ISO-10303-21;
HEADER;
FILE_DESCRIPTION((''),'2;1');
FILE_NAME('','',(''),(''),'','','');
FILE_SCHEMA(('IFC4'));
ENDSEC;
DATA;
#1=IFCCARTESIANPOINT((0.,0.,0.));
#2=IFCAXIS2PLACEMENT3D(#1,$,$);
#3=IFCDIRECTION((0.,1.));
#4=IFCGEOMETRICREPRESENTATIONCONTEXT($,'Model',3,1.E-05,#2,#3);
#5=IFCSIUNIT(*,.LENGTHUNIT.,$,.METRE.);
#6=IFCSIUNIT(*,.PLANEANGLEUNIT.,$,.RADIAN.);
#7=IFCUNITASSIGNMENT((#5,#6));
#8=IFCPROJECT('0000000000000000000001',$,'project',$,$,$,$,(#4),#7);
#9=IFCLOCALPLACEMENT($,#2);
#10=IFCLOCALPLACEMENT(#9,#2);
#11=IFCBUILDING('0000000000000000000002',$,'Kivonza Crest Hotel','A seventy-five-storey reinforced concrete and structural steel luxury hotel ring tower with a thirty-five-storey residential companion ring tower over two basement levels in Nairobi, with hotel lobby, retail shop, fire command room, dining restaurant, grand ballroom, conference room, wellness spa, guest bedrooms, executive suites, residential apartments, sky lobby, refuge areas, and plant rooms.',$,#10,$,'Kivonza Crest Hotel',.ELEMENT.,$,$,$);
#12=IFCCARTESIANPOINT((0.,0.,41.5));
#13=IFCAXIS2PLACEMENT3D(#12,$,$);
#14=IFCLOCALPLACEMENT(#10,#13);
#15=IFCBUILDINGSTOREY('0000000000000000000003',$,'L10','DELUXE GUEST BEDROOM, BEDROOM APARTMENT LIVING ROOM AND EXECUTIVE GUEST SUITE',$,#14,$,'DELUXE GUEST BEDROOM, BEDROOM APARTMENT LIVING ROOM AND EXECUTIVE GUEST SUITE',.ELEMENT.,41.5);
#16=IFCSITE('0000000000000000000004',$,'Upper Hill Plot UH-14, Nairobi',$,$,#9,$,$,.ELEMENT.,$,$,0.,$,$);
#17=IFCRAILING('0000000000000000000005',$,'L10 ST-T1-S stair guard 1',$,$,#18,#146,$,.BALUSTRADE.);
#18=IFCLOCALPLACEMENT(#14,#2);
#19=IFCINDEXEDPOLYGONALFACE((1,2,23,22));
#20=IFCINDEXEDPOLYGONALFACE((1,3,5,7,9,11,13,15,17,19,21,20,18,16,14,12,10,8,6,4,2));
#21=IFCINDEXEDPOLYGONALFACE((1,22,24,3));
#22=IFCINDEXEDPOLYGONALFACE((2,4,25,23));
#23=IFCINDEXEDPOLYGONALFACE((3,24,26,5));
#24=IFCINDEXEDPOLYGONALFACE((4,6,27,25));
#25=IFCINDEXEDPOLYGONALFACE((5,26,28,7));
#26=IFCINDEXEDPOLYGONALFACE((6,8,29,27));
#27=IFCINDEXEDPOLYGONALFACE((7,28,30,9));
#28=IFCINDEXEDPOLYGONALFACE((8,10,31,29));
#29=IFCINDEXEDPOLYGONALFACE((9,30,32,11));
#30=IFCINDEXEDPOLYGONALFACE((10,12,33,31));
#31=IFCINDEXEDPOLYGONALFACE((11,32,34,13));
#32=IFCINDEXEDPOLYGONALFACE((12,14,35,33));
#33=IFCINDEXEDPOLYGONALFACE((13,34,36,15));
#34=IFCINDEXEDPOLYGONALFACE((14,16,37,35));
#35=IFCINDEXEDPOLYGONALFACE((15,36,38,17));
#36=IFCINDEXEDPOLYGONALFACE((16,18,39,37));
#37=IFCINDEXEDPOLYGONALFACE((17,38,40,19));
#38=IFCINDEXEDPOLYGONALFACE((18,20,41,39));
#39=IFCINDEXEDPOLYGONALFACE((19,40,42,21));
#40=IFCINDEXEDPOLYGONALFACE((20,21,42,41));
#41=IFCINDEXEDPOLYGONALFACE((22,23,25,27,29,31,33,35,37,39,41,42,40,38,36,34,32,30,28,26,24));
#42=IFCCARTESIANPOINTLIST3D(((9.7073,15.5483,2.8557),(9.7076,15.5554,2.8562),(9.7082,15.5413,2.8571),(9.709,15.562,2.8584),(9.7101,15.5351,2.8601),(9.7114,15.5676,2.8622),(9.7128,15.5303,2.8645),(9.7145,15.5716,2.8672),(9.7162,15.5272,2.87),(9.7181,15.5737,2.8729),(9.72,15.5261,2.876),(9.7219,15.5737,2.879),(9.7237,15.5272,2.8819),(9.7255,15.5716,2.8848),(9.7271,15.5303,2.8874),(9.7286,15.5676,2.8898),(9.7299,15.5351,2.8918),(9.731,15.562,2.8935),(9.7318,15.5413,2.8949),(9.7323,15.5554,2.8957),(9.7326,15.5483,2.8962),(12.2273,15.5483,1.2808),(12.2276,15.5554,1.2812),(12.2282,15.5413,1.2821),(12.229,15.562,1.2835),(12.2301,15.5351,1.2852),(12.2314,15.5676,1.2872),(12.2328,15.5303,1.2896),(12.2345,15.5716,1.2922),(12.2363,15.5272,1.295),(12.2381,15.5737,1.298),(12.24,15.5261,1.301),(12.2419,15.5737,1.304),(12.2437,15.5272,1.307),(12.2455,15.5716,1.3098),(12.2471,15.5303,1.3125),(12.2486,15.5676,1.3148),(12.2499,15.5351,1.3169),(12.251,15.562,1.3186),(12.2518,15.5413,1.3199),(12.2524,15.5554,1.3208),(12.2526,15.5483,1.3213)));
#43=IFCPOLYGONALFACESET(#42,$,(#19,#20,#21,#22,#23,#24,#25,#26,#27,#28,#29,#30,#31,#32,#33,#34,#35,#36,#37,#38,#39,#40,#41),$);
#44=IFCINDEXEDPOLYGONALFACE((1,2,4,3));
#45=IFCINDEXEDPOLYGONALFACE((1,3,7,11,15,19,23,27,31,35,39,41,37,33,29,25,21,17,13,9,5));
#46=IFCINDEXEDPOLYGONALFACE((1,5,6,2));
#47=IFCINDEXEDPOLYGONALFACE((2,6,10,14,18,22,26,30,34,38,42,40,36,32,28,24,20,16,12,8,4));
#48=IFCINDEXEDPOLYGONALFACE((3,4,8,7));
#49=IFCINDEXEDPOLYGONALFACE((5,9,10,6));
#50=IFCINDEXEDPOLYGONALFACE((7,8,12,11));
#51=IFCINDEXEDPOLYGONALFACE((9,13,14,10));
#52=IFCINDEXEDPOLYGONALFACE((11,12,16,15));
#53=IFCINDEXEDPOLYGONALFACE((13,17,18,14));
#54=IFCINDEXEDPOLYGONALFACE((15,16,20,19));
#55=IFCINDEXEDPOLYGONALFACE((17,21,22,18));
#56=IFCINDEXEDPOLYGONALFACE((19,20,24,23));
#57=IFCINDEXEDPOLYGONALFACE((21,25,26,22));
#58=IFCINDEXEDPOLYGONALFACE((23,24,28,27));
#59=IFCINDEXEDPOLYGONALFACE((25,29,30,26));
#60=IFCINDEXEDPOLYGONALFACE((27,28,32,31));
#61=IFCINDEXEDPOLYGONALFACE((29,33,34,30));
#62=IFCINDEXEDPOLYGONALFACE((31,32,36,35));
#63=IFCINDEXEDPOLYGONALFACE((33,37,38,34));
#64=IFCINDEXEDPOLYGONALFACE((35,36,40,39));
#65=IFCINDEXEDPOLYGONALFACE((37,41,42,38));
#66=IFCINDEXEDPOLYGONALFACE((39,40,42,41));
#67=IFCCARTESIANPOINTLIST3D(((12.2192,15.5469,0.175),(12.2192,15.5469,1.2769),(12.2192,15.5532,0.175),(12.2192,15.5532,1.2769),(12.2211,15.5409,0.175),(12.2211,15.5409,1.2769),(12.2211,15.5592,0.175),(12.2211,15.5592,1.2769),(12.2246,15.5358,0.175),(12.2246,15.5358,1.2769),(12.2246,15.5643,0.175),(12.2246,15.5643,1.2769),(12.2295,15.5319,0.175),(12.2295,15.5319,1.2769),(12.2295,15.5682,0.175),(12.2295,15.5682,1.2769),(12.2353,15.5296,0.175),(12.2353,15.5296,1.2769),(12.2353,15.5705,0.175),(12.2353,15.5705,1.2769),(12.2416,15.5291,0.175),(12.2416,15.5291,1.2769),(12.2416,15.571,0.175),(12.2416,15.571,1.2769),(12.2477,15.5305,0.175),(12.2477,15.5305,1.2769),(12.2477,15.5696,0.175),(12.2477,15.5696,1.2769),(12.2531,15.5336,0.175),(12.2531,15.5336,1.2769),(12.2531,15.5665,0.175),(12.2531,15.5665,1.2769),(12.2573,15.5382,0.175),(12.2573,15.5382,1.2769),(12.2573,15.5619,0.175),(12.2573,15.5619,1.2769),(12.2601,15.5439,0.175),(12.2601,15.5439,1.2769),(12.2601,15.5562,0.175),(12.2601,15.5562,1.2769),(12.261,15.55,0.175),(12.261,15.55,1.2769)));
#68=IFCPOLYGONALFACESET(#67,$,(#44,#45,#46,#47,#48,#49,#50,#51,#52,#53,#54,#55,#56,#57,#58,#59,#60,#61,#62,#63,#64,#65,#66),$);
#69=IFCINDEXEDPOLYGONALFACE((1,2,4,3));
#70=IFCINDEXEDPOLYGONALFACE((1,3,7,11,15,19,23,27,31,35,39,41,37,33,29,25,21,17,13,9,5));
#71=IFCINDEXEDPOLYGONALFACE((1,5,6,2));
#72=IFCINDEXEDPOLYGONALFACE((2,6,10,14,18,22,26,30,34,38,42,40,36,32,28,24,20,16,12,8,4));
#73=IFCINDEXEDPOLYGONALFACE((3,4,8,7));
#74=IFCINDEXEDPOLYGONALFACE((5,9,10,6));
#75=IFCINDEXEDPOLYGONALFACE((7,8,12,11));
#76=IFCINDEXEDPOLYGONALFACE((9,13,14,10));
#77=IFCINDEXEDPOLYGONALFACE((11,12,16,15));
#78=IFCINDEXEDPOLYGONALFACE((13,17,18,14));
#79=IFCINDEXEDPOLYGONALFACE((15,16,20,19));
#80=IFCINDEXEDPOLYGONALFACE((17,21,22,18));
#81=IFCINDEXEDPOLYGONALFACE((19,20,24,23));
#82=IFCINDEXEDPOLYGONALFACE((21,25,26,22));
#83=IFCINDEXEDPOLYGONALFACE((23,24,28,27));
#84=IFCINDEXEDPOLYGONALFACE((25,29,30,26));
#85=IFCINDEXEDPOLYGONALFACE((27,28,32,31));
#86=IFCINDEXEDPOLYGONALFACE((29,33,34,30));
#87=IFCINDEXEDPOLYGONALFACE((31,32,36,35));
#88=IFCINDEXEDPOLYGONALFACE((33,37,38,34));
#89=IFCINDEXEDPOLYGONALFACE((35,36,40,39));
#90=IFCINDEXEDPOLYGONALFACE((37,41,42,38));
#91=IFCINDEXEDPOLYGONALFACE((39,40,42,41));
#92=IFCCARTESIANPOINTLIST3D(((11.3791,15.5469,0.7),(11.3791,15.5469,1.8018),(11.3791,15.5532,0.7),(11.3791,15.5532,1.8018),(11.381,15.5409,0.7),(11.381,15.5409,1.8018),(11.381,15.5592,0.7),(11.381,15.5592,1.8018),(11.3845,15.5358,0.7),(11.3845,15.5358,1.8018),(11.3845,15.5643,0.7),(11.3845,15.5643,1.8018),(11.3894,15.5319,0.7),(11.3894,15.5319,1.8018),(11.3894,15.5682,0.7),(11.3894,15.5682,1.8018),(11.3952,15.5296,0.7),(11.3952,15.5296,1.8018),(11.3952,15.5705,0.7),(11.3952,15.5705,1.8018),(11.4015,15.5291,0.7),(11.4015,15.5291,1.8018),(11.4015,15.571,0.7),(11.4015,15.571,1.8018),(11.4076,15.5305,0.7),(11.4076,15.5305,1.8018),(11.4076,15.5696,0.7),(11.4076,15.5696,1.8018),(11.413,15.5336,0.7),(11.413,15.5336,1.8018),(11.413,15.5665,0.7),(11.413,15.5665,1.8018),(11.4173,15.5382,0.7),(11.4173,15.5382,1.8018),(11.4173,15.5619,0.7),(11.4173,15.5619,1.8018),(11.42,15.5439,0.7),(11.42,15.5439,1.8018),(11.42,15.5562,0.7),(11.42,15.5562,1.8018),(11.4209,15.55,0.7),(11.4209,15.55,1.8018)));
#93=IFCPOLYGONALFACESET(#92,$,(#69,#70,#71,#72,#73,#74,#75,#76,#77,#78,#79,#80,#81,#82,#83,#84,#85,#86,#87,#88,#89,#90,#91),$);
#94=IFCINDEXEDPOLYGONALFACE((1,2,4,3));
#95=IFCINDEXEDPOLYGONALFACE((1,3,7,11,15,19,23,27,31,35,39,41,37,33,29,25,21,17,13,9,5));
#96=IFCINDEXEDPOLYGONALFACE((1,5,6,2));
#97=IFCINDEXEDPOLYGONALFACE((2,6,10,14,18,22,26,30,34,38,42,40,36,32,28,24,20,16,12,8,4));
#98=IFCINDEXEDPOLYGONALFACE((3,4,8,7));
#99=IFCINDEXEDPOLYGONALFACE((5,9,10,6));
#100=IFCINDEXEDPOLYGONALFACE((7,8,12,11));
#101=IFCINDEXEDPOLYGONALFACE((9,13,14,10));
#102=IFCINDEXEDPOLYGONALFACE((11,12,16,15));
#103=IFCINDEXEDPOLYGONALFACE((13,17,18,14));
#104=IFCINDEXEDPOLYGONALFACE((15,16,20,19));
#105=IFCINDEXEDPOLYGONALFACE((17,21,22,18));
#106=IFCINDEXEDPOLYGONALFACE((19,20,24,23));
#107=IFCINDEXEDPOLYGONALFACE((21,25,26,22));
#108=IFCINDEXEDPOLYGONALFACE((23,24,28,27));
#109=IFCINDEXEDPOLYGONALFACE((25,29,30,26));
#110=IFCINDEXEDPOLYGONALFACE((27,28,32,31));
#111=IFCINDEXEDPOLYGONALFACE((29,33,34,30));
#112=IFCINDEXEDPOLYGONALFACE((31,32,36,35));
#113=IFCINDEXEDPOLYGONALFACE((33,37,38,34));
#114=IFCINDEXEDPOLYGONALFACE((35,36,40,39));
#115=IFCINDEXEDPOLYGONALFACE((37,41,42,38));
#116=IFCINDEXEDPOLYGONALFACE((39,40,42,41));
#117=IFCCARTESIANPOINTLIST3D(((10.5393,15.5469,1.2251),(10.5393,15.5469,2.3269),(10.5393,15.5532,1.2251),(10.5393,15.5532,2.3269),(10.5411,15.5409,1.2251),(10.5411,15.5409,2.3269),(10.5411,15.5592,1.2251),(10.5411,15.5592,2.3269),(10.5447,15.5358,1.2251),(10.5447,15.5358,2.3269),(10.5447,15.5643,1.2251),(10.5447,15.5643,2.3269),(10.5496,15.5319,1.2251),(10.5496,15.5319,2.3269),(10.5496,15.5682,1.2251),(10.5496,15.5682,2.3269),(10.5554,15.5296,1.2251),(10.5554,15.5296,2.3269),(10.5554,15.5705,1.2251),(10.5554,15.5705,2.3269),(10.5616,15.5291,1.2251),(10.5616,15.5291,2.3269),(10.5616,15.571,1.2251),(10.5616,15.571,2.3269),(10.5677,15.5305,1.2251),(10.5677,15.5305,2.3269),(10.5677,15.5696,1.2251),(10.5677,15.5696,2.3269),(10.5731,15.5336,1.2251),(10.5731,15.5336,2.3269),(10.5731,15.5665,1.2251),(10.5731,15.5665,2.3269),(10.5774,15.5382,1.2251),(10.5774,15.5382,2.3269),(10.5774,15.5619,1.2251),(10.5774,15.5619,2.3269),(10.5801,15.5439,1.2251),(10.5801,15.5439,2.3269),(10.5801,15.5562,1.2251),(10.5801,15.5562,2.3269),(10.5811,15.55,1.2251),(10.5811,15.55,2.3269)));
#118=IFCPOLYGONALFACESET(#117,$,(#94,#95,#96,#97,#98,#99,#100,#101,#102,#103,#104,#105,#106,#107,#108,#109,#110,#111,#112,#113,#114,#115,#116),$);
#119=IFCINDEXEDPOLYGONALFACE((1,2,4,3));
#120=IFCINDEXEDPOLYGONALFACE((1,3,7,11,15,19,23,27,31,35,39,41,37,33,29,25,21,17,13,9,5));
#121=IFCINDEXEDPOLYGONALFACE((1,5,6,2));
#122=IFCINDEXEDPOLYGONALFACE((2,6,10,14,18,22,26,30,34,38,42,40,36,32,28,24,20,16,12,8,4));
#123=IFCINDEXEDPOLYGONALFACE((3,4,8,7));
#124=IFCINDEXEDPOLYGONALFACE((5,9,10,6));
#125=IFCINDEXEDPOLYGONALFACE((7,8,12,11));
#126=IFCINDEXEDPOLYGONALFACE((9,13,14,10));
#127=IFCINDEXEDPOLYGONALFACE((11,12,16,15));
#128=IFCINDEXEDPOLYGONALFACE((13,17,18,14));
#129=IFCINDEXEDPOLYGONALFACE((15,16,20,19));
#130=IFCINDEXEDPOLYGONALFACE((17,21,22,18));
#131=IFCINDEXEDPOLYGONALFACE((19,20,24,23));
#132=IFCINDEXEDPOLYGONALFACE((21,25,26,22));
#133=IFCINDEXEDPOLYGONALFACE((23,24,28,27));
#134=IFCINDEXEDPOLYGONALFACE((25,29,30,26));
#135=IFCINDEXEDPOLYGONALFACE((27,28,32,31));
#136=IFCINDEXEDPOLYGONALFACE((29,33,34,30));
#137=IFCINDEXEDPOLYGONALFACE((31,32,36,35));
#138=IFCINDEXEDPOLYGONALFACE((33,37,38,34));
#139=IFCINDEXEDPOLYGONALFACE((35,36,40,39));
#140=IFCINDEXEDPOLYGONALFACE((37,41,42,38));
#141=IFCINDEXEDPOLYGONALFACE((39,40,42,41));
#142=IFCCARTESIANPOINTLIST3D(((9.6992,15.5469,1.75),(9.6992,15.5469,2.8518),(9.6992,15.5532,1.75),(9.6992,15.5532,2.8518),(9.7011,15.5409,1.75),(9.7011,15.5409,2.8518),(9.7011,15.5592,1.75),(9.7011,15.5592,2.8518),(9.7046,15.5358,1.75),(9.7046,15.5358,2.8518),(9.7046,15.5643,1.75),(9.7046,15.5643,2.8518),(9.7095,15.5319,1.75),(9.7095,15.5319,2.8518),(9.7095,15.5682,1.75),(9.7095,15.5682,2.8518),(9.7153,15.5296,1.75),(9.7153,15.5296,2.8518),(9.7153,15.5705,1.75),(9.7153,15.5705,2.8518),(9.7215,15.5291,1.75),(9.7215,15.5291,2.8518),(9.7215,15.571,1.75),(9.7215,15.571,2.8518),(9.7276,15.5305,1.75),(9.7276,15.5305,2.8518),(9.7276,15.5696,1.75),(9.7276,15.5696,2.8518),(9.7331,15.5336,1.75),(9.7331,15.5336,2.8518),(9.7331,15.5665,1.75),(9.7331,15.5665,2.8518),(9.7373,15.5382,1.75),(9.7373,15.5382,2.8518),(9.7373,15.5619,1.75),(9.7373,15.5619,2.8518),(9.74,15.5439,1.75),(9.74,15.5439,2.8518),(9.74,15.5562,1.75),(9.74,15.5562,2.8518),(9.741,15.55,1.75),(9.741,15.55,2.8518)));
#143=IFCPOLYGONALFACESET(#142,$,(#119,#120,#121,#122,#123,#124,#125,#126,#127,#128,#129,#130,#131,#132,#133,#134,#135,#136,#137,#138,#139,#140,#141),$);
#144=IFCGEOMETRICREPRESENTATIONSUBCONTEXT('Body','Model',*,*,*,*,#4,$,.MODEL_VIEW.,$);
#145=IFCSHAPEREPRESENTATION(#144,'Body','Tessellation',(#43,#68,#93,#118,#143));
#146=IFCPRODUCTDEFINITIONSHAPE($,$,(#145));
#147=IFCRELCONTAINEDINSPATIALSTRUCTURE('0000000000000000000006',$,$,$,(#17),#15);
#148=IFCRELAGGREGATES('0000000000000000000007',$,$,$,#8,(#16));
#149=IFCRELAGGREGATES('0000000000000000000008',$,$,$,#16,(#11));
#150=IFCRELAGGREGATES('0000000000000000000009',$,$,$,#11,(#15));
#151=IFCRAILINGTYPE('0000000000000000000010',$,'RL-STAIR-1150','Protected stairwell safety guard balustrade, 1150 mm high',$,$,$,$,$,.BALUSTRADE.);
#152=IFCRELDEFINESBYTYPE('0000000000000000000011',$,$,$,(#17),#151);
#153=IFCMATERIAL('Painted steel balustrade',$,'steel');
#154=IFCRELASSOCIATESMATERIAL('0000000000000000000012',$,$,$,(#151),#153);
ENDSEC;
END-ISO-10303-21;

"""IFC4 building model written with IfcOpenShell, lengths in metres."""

from ifc_helpers import new_model, si_unit, direction, frame, origin, origin_2d, place, context, subcontext, project, spatial, circle, extrude, material, type_object, element, save


model = new_model("IFC4")

# Units and contexts
model_context = context("Model", 3, precision=1e-05, world=origin(), true_north=direction((0.0, 1.0)))
body_context = subcontext(model_context, "Body", "Model", "MODEL_VIEW")
ifc_project = project(units=[si_unit("LENGTHUNIT", "METRE"), si_unit("PLANEANGLEUNIT", "RADIAN")], contexts=[model_context])

# Site, building, storey
site_placement = place(None, origin())
site = spatial("IfcSite", under=ifc_project, at=site_placement, Name="Upper Hill Plot UH-14, Nairobi", CompositionType="ELEMENT", RefElevation=0.0)
building_placement = place(site_placement, origin())
building = spatial("IfcBuilding", under=site, at=building_placement, Name="Kivonza Crest Hotel", Description="A seventy-five-storey reinforced concrete and structural steel luxury hotel ring tower with a thirty-five-storey residential companion ring tower over two basement levels in Nairobi, with hotel lobby, retail shop, fire command room, dining restaurant, grand ballroom, conference room, wellness spa, guest bedrooms, executive suites, residential apartments, sky lobby, refuge areas, and plant rooms.", LongName="Kivonza Crest Hotel", CompositionType="ELEMENT")
storey_placement = place(building_placement, frame((0.0, 0.0, 41.5)))
storey = spatial("IfcBuildingStorey", under=building, at=storey_placement, Name="L10", Description="DELUXE GUEST BEDROOM, BEDROOM APARTMENT LIVING ROOM AND EXECUTIVE GUEST SUITE", LongName="DELUXE GUEST BEDROOM, BEDROOM APARTMENT LIVING ROOM AND EXECUTIVE GUEST SUITE", CompositionType="ELEMENT", Elevation=41.5)

# Railing
ifc_material_1 = material(Name="Painted steel balustrade", Category="steel")
railing_type_1 = type_object("IfcRailingType", Name="RL-STAIR-1150", Description="Protected stairwell safety guard balustrade, 1150 mm high", PredefinedType="BALUSTRADE", material=ifc_material_1)
railing_1_placement = place(storey_placement, frame((12.24, 15.55, 0.175)))
element("IfcRailing", 1, at=railing_1_placement, inside=storey, type_object=railing_type_1, Name="L10 ST-T1-S stair guard 1", PredefinedType="BALUSTRADE", context=body_context, shape_type="SweptSolid", body=[
    extrude(circle(Radius=0.0239, at=origin_2d()), frame((0.0, 0.0, 1.126), z_axis=(-0.848008, 0.0, 0.529984), x_axis=(0.0, -1.0, 0.0)), (0.0, 0.0, 1.0), 2.9717),
    extrude(circle(Radius=0.021, at=origin_2d()), origin(), (0.0, 0.0, 1.0), 1.1018),
    extrude(circle(Radius=0.021, at=origin_2d()), frame((-0.8401, 0.0, 0.5249)), (0.0, 0.0, 1.0), 1.1018),
    extrude(circle(Radius=0.021, at=origin_2d()), frame((-1.6799, 0.0, 1.05)), (0.0, 0.0, 1.0), 1.1018),
    extrude(circle(Radius=0.021, at=origin_2d()), frame((-2.52, 0.0, 1.575)), (0.0, 0.0, 1.0), 1.1018),
])

save(model, "model.ifc")
